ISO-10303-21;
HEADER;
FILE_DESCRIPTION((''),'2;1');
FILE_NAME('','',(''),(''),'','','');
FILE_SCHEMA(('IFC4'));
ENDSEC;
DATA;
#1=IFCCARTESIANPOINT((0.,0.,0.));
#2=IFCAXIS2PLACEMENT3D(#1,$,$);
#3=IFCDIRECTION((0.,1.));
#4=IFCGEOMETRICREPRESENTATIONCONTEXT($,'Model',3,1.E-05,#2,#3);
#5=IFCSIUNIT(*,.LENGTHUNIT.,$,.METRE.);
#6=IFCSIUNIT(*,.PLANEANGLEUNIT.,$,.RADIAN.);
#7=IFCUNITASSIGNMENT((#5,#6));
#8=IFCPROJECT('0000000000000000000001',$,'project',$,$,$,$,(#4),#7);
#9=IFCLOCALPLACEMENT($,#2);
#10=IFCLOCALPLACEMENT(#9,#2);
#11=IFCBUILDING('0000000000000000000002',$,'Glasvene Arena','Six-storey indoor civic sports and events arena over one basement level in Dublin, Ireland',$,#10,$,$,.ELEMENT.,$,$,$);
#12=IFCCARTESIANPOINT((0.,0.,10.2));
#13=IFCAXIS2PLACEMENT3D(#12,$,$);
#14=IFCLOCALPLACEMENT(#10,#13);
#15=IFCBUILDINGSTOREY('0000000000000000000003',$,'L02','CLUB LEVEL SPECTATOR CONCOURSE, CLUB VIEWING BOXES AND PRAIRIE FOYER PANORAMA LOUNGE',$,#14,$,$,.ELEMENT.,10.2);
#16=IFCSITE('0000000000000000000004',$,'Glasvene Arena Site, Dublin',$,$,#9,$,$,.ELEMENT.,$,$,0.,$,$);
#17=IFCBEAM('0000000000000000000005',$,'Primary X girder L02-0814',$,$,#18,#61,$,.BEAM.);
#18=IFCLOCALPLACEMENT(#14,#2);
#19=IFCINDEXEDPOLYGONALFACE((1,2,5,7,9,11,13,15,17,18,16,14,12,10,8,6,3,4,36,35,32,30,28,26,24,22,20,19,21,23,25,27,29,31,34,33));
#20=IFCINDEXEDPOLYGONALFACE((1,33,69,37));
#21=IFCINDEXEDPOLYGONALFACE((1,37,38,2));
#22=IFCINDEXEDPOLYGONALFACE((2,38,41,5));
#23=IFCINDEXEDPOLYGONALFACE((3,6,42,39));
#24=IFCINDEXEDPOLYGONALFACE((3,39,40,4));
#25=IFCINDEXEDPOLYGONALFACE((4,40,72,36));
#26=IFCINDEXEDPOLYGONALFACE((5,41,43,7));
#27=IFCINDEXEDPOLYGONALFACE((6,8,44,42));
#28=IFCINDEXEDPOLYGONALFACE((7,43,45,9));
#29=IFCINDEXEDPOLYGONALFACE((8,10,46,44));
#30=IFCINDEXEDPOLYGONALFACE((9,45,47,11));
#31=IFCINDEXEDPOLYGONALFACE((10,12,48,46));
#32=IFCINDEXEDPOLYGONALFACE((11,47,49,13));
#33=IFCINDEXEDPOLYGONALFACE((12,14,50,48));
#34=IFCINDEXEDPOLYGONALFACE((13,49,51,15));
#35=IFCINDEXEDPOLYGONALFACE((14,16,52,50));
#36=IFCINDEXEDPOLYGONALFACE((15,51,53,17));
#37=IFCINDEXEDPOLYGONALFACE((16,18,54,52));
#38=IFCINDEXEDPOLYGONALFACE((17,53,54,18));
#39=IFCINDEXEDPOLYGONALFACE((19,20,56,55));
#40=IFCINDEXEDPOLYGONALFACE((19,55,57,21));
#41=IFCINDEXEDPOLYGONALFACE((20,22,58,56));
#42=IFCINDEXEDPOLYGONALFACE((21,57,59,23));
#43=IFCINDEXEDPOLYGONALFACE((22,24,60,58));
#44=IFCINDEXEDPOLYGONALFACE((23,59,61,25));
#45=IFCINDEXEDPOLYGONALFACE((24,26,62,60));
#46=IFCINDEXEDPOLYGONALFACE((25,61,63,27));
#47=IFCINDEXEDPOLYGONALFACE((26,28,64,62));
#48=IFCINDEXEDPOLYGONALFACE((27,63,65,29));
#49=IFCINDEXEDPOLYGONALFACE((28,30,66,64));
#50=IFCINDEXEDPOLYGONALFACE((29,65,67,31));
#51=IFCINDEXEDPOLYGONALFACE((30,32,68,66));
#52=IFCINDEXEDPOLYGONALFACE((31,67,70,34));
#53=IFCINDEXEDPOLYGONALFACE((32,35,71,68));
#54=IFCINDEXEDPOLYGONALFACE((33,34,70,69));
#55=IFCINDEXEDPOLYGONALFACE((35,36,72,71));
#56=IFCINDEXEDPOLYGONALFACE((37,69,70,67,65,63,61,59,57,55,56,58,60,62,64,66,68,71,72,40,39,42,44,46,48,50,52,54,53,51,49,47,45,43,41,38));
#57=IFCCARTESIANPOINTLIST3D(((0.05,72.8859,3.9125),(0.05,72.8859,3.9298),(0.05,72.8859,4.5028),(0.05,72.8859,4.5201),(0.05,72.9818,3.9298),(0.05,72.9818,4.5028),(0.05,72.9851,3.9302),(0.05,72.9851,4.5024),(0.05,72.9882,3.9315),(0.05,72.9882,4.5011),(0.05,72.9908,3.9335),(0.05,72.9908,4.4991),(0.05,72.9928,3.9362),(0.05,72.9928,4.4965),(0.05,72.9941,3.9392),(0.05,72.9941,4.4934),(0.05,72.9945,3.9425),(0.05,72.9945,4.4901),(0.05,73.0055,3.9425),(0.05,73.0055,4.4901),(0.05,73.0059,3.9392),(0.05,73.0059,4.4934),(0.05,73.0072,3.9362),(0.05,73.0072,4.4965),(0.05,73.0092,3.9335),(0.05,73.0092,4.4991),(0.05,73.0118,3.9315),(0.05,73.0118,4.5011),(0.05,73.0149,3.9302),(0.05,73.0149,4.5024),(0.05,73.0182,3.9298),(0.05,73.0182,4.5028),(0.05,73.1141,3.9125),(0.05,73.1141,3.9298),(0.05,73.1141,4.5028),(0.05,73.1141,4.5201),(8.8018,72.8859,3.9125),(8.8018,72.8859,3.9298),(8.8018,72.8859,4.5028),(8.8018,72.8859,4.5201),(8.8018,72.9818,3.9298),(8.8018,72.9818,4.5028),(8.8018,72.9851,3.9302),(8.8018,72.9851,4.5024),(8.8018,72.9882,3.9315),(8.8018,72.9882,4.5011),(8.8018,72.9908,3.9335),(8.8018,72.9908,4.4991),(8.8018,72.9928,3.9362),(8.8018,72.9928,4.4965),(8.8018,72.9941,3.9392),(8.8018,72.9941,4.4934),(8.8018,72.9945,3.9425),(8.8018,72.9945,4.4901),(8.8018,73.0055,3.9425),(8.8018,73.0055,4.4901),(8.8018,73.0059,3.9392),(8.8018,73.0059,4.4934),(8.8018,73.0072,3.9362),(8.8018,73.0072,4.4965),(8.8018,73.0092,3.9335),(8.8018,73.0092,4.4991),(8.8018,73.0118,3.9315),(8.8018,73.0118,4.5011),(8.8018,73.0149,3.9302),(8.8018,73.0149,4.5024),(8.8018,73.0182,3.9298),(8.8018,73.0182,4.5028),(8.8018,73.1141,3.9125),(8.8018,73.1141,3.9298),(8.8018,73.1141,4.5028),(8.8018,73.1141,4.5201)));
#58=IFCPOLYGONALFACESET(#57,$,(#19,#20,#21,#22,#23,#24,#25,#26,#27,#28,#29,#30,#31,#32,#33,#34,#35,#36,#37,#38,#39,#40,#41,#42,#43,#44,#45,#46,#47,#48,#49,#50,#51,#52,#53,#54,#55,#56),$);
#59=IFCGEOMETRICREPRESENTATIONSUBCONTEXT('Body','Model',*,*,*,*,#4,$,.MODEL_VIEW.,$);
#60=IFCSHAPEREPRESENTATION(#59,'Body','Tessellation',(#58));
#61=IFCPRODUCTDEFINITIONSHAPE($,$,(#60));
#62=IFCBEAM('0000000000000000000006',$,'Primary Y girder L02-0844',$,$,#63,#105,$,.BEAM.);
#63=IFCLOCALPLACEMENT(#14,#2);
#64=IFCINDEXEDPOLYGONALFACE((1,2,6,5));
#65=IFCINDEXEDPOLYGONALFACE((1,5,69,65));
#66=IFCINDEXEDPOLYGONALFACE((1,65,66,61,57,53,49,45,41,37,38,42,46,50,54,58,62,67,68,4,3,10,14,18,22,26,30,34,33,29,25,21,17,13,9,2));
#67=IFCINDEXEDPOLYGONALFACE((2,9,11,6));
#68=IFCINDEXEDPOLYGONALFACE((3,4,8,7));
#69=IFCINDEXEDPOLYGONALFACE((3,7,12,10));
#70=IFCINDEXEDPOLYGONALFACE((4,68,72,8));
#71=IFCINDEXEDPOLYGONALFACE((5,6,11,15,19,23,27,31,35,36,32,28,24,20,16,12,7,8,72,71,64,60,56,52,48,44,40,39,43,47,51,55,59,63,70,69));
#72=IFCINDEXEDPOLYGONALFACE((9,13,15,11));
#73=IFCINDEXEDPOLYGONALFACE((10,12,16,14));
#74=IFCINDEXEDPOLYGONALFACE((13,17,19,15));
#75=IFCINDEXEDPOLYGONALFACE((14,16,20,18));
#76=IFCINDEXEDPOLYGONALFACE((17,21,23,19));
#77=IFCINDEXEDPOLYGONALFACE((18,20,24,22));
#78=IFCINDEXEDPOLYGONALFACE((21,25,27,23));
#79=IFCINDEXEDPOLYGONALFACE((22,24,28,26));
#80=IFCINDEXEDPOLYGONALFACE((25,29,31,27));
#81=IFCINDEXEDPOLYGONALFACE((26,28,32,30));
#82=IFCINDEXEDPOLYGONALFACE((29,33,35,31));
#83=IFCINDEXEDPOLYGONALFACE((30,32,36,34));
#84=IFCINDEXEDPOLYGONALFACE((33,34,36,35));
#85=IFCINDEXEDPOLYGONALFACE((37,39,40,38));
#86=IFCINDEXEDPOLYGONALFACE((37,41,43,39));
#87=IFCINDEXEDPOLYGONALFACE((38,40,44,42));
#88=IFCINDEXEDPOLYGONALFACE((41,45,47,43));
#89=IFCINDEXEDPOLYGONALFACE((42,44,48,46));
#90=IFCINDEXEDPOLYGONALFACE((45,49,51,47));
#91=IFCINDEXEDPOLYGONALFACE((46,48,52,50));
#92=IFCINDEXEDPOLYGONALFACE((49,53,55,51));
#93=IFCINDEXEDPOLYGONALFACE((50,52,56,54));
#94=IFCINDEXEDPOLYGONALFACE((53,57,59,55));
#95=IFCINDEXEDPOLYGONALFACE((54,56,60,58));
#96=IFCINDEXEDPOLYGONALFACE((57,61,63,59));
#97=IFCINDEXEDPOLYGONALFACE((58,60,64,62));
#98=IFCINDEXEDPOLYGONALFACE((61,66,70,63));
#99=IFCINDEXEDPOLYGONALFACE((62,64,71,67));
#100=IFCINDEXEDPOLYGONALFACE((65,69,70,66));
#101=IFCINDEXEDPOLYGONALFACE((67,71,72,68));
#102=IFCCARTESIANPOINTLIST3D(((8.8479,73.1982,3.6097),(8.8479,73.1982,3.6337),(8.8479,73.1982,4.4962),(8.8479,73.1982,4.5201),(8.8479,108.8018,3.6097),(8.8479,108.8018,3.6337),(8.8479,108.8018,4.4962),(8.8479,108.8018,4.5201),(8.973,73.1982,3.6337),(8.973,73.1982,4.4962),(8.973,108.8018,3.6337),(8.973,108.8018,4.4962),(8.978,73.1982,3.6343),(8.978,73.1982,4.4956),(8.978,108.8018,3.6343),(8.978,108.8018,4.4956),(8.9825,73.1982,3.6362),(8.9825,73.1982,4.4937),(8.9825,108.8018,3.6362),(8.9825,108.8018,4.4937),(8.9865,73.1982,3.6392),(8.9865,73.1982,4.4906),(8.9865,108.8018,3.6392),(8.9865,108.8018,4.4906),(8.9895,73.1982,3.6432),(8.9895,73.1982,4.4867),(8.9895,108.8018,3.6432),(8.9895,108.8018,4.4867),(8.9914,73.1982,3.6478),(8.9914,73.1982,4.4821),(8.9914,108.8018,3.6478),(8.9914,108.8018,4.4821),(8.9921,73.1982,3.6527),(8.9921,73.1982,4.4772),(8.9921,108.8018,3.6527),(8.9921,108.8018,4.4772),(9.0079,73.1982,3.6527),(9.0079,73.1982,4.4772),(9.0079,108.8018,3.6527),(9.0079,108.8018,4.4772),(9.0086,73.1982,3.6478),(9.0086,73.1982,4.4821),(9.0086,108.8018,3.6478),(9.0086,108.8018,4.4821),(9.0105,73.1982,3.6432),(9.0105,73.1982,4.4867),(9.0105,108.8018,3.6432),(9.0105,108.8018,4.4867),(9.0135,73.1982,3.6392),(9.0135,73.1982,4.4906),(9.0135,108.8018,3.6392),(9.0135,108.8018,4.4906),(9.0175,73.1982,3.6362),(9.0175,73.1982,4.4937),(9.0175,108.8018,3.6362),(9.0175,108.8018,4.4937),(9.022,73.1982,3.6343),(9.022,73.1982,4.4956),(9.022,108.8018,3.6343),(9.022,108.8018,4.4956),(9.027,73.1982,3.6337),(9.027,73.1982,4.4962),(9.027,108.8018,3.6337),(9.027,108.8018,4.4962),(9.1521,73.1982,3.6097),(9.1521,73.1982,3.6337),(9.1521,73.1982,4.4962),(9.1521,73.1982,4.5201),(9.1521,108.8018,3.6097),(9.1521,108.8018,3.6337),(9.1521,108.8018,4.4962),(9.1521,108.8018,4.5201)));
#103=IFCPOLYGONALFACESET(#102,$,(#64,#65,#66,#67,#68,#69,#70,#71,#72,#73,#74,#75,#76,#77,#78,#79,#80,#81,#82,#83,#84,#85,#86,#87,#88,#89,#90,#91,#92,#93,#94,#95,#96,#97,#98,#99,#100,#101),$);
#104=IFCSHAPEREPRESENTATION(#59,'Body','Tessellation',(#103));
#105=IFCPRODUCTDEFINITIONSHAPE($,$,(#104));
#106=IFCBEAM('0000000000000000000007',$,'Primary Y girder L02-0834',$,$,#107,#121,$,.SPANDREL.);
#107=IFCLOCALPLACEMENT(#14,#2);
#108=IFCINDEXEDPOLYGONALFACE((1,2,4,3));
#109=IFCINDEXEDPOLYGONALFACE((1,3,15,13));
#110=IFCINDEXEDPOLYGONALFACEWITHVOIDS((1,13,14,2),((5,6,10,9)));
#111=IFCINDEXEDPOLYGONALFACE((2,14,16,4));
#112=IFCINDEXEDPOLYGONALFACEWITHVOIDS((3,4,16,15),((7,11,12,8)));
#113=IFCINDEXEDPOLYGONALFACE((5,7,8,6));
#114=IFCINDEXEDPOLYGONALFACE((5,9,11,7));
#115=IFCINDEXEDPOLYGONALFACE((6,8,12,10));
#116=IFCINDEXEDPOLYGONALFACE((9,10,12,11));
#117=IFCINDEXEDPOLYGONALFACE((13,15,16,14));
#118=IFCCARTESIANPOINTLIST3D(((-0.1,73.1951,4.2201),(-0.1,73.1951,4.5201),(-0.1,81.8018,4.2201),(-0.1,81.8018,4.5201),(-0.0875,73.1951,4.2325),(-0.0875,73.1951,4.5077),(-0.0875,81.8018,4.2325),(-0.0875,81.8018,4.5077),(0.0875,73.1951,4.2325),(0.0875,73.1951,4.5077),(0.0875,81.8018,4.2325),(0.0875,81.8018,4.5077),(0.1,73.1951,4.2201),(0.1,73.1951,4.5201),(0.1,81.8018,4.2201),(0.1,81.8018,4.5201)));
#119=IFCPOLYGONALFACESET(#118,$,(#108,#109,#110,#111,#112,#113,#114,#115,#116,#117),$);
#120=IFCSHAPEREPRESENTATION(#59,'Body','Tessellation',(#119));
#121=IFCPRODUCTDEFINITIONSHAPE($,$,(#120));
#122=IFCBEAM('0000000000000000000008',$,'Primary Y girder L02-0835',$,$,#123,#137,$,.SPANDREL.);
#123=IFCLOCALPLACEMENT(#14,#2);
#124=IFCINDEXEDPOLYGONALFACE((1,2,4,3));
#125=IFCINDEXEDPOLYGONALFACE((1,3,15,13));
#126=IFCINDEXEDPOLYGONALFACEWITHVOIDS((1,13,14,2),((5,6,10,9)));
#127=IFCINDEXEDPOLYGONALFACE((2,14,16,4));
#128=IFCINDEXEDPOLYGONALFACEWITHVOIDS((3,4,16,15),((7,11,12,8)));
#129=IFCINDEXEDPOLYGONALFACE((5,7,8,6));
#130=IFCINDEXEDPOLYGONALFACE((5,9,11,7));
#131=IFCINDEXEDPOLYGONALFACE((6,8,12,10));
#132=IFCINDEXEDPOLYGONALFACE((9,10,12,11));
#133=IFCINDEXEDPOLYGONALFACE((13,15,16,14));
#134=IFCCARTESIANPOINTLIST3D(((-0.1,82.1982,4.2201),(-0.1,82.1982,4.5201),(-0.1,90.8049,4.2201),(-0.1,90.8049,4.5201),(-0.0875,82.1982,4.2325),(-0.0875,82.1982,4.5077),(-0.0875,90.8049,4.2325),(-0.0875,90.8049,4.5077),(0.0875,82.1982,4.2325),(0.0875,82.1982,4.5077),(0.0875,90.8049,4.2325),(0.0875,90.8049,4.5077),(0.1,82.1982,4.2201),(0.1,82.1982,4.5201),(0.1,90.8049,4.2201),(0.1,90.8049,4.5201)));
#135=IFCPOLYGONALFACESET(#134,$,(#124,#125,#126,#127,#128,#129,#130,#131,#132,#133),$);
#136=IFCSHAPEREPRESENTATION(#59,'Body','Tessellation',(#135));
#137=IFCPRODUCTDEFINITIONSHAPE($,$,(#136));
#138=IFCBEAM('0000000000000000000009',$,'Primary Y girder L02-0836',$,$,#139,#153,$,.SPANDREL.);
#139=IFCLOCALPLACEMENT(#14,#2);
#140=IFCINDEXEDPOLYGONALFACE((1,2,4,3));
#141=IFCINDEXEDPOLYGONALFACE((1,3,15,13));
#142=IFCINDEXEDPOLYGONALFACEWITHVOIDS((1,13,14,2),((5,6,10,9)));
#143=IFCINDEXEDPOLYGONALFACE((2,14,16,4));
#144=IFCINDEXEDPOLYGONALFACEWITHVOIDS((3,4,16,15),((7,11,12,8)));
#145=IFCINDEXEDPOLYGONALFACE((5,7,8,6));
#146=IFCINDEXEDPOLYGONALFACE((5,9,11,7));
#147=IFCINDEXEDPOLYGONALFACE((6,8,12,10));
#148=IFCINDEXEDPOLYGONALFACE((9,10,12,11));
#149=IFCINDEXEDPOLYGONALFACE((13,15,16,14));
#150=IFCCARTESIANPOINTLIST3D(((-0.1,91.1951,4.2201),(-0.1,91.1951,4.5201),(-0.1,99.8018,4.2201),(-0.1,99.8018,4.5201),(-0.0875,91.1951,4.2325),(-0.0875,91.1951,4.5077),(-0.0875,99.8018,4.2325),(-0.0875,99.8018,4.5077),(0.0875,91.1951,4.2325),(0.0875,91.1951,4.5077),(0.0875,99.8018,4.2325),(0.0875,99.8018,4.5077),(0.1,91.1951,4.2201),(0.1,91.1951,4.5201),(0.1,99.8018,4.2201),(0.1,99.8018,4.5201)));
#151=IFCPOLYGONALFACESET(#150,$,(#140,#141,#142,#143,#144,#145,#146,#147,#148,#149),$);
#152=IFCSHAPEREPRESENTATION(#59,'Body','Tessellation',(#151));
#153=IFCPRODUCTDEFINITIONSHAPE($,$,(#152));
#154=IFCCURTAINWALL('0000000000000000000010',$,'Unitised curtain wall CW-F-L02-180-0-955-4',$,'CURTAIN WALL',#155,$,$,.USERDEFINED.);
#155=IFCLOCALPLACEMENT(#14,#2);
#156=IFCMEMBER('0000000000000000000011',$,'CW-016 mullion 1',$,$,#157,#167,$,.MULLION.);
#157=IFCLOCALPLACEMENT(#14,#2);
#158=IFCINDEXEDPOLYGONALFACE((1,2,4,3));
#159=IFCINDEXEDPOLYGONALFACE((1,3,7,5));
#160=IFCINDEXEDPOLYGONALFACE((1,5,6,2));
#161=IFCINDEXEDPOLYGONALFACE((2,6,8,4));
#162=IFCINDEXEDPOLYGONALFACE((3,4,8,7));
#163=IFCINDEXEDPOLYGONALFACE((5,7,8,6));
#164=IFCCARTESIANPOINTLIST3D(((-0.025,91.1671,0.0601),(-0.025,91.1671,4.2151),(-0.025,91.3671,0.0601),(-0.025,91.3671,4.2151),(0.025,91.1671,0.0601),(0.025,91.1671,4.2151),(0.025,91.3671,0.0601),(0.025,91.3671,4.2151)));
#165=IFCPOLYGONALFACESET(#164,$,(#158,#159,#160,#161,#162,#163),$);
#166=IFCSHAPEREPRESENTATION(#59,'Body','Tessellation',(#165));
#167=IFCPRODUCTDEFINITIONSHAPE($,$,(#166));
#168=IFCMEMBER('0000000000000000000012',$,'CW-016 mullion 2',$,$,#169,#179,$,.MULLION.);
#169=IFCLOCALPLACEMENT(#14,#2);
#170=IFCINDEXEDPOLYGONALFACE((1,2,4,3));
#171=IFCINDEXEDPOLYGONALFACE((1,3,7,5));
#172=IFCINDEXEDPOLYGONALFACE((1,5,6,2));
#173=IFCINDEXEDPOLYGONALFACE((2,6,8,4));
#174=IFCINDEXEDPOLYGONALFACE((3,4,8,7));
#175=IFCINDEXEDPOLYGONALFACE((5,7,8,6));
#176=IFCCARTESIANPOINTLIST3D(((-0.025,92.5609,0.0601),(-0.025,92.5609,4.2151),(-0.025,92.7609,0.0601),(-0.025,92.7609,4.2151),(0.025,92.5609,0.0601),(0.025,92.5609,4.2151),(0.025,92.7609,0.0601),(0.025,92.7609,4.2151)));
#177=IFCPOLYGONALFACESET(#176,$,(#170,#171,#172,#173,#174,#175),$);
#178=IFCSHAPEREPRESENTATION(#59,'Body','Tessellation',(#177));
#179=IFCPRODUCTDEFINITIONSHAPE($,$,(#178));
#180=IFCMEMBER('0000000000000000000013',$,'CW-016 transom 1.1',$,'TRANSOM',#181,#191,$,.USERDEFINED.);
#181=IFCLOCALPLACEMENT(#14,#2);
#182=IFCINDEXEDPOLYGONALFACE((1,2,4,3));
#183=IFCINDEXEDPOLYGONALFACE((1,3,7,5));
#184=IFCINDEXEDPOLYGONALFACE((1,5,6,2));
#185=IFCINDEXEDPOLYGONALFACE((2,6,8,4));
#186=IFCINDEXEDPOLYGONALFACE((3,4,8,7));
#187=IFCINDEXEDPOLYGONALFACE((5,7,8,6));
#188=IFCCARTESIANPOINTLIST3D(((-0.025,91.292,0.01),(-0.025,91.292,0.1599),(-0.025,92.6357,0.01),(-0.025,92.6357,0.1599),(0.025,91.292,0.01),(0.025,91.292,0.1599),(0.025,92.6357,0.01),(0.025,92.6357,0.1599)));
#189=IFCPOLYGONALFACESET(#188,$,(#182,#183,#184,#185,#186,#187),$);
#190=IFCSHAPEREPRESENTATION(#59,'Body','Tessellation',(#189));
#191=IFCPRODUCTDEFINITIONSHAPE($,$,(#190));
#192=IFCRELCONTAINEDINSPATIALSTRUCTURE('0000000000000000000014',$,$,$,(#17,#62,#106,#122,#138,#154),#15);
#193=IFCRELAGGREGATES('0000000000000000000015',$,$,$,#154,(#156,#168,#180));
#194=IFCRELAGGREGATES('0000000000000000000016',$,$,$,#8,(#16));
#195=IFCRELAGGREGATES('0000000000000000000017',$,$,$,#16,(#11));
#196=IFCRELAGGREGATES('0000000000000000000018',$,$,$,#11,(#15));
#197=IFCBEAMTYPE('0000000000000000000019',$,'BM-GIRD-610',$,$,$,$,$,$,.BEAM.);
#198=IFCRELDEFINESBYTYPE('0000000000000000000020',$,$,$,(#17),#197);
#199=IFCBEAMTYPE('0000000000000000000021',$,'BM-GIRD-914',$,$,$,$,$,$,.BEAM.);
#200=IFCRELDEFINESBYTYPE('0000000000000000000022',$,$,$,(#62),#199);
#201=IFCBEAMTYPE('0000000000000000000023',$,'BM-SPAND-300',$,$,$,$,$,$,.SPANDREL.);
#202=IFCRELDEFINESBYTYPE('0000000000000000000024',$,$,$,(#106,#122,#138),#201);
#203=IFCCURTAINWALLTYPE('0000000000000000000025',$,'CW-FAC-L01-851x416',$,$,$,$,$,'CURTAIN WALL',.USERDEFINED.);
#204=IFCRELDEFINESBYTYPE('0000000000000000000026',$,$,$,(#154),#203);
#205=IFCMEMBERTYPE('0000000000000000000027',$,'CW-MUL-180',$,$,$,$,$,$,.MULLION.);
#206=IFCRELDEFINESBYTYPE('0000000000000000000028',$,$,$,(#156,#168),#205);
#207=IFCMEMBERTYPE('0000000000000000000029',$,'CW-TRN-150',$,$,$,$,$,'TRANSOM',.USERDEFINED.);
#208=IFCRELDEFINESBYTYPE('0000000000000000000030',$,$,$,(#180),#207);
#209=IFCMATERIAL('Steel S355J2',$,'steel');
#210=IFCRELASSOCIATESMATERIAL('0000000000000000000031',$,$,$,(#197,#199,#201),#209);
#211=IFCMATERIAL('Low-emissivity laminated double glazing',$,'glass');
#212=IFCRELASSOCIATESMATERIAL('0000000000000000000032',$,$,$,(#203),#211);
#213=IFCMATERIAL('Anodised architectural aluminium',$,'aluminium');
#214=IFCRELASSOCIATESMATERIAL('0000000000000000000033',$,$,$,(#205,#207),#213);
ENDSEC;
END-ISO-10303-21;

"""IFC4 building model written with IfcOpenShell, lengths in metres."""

from ifc_helpers import new_model, si_unit, direction, frame, origin, origin_2d, place, context, subcontext, project, spatial, rectangle, hollow_rectangle, i_section, extrude, material, material_profile, profile_set, type_object, element, aggregate, save


model = new_model("IFC4")

# Units and contexts
model_context = context("Model", 3, precision=1e-05, world=origin(), true_north=direction((0.0, 1.0)))
body_context = subcontext(model_context, "Body", "Model", "MODEL_VIEW")
ifc_project = project(units=[si_unit("LENGTHUNIT", "METRE"), si_unit("PLANEANGLEUNIT", "RADIAN")], contexts=[model_context])

# Site, building, storey
site_placement = place(None, origin())
site = spatial("IfcSite", under=ifc_project, at=site_placement, Name="Glasvene Arena Site, Dublin", CompositionType="ELEMENT", RefElevation=0.0)
building_placement = place(site_placement, origin())
building = spatial("IfcBuilding", under=site, at=building_placement, Name="Glasvene Arena", Description="Six-storey indoor civic sports and events arena over one basement level in Dublin, Ireland", CompositionType="ELEMENT")
storey_placement = place(building_placement, frame((0.0, 0.0, 10.2)))
storey = spatial("IfcBuildingStorey", under=building, at=storey_placement, Name="L02", Description="CLUB LEVEL SPECTATOR CONCOURSE, CLUB VIEWING BOXES AND PRAIRIE FOYER PANORAMA LOUNGE", CompositionType="ELEMENT", Elevation=10.2)

# Shared definitions
ifc_material_1 = material(Name="Steel S355J2", Category="steel")

# Beams
ifc_material_profile_1 = material_profile(ifc_material_1, i_section(OverallWidth=0.2283, OverallDepth=0.6077, WebThickness=0.011, FlangeThickness=0.0173, FilletRadius=0.0127, at=origin_2d()), Name="UKB 610x229x113")
ifc_profile_set_1 = profile_set([ifc_material_profile_1], Name="Steel S355J2")
beam_type_1 = type_object("IfcBeamType", Name="BM-GIRD-610", PredefinedType="BEAM", material=ifc_profile_set_1)
beam_1_placement = place(storey_placement, frame((0.05, 73.0, 4.2163), z_axis=(1.0, 0.0, 0.0), x_axis=(0.0, 1.0, 0.0)))
element("IfcBeam", 1, at=beam_1_placement, inside=storey, type_object=beam_type_1, Name="Primary X girder L02-0814", PredefinedType="BEAM", context=body_context, shape_type="SweptSolid", body=[
    extrude(i_section(OverallWidth=0.2283, OverallDepth=0.6077, WebThickness=0.011, FlangeThickness=0.0173, FilletRadius=0.0127, at=origin_2d()), origin(), (0.0, 0.0, 1.0), 8.7517),
])
ifc_material_profile_2 = material_profile(ifc_material_1, i_section(OverallWidth=0.3042, OverallDepth=0.9104, WebThickness=0.0159, FlangeThickness=0.0239, FilletRadius=0.019, at=origin_2d()), Name="UKB 914x305x224")
ifc_profile_set_2 = profile_set([ifc_material_profile_2], Name="Steel S355J2")
beam_type_2 = type_object("IfcBeamType", Name="BM-GIRD-914", PredefinedType="BEAM", material=ifc_profile_set_2)
beam_2_placement = place(storey_placement, frame((9.0, 73.1982, 4.0649), z_axis=(0.0, 1.0, 0.0), x_axis=(-1.0, 0.0, 0.0)))
element("IfcBeam", 2, at=beam_2_placement, inside=storey, type_object=beam_type_2, Name="Primary Y girder L02-0844", PredefinedType="BEAM", context=body_context, shape_type="SweptSolid", body=[
    extrude(i_section(OverallWidth=0.3042, OverallDepth=0.9104, WebThickness=0.0159, FlangeThickness=0.0239, FilletRadius=0.019, at=origin_2d()), origin(), (0.0, 0.0, 1.0), 35.6035),
])
ifc_material_profile_3 = material_profile(ifc_material_1, hollow_rectangle(XDim=0.2, YDim=0.3, WallThickness=0.0125, at=origin_2d()), Name="RHS 300x200x12.5")
ifc_profile_set_3 = profile_set([ifc_material_profile_3], Name="Steel S355J2")
beam_type_3 = type_object("IfcBeamType", Name="BM-SPAND-300", PredefinedType="SPANDREL", material=ifc_profile_set_3)
for number, where, z_axis, x_axis, name in (
    (3, (0.0, 73.1951, 4.3701), (0.0, 1.0, 0.0), (-1.0, 0.0, 0.0), "Primary Y girder L02-0834"),
    (4, (0.0, 82.1982, 4.3701), (0.0, 1.0, 0.0), (-1.0, 0.0, 0.0), "Primary Y girder L02-0835"),
    (5, (0.0, 91.1951, 4.3701), (0.0, 1.0, 0.0), (-1.0, 0.0, 0.0), "Primary Y girder L02-0836"),
):
    element("IfcBeam", number, at=place(storey_placement, frame(where, z_axis=z_axis, x_axis=x_axis)), inside=storey, type_object=beam_type_3, Name=name, PredefinedType="SPANDREL", context=body_context, shape_type="SweptSolid", body=[
        extrude(hollow_rectangle(XDim=0.2, YDim=0.3, WallThickness=0.0125, at=origin_2d()), origin(), (0.0, 0.0, 1.0), 8.6067),
    ])

# Curtain wall, members
ifc_material_2 = material(Name="Low-emissivity laminated double glazing", Category="glass")
curtain_wall_type = type_object("IfcCurtainWallType", Name="CW-FAC-L01-851x416", ElementType="CURTAIN WALL", PredefinedType="USERDEFINED", material=ifc_material_2)
curtain_wall_placement = place(storey_placement, frame((0.0, 91.2419, 0.0)))
curtain_wall = element("IfcCurtainWall", 6, at=curtain_wall_placement, inside=storey, type_object=curtain_wall_type, Name="Unitised curtain wall CW-F-L02-180-0-955-4", ObjectType="CURTAIN WALL", PredefinedType="USERDEFINED")
ifc_material_3 = material(Name="Anodised architectural aluminium", Category="aluminium")
ifc_material_profile_4 = material_profile(ifc_material_3, rectangle(XDim=0.05, YDim=0.2, at=origin_2d()), Name="ALU MULLION 50x200")
ifc_profile_set_4 = profile_set([ifc_material_profile_4], Name="Anodised architectural aluminium")
member_type_1 = type_object("IfcMemberType", Name="CW-MUL-180", PredefinedType="MULLION", material=ifc_profile_set_4)
member_1_placement = place(storey_placement, frame((0.0, 91.2671, 0.0601), z_axis=(0.0, 0.0, 1.0), x_axis=(-1.0, 0.0, 0.0)))
member_1 = element("IfcMember", 7, at=member_1_placement, type_object=member_type_1, Name="CW-016 mullion 1", PredefinedType="MULLION", context=body_context, shape_type="SweptSolid", body=[
    extrude(rectangle(XDim=0.05, YDim=0.2, at=origin_2d()), origin(), (0.0, 0.0, 1.0), 4.155),
])
member_2_placement = place(storey_placement, frame((0.0, 92.6609, 0.0601), z_axis=(0.0, 0.0, 1.0), x_axis=(-1.0, 0.0, 0.0)))
member_2 = element("IfcMember", 8, at=member_2_placement, type_object=member_type_1, Name="CW-016 mullion 2", PredefinedType="MULLION", context=body_context, shape_type="SweptSolid", body=[
    extrude(rectangle(XDim=0.05, YDim=0.2, at=origin_2d()), origin(), (0.0, 0.0, 1.0), 4.155),
])
ifc_material_profile_5 = material_profile(ifc_material_3, rectangle(XDim=0.05, YDim=0.1499, at=origin_2d()), Name="ALU TRANSOM 50x150")
ifc_profile_set_5 = profile_set([ifc_material_profile_5], Name="Anodised architectural aluminium")
member_type_2 = type_object("IfcMemberType", Name="CW-TRN-150", ElementType="TRANSOM", PredefinedType="USERDEFINED", material=ifc_profile_set_5)
member_3_placement = place(storey_placement, frame((0.0, 91.292, 0.085), z_axis=(0.0, 1.0, 0.0), x_axis=(-1.0, 0.0, 0.0)))
member_3 = element("IfcMember", 9, at=member_3_placement, type_object=member_type_2, Name="CW-016 transom 1.1", ObjectType="TRANSOM", PredefinedType="USERDEFINED", context=body_context, shape_type="SweptSolid", body=[
    extrude(rectangle(XDim=0.05, YDim=0.1499, at=origin_2d()), origin(), (0.0, 0.0, 1.0), 1.3438),
])
aggregate(curtain_wall, [member_1, member_2, member_3])

save(model, "model.ifc")
